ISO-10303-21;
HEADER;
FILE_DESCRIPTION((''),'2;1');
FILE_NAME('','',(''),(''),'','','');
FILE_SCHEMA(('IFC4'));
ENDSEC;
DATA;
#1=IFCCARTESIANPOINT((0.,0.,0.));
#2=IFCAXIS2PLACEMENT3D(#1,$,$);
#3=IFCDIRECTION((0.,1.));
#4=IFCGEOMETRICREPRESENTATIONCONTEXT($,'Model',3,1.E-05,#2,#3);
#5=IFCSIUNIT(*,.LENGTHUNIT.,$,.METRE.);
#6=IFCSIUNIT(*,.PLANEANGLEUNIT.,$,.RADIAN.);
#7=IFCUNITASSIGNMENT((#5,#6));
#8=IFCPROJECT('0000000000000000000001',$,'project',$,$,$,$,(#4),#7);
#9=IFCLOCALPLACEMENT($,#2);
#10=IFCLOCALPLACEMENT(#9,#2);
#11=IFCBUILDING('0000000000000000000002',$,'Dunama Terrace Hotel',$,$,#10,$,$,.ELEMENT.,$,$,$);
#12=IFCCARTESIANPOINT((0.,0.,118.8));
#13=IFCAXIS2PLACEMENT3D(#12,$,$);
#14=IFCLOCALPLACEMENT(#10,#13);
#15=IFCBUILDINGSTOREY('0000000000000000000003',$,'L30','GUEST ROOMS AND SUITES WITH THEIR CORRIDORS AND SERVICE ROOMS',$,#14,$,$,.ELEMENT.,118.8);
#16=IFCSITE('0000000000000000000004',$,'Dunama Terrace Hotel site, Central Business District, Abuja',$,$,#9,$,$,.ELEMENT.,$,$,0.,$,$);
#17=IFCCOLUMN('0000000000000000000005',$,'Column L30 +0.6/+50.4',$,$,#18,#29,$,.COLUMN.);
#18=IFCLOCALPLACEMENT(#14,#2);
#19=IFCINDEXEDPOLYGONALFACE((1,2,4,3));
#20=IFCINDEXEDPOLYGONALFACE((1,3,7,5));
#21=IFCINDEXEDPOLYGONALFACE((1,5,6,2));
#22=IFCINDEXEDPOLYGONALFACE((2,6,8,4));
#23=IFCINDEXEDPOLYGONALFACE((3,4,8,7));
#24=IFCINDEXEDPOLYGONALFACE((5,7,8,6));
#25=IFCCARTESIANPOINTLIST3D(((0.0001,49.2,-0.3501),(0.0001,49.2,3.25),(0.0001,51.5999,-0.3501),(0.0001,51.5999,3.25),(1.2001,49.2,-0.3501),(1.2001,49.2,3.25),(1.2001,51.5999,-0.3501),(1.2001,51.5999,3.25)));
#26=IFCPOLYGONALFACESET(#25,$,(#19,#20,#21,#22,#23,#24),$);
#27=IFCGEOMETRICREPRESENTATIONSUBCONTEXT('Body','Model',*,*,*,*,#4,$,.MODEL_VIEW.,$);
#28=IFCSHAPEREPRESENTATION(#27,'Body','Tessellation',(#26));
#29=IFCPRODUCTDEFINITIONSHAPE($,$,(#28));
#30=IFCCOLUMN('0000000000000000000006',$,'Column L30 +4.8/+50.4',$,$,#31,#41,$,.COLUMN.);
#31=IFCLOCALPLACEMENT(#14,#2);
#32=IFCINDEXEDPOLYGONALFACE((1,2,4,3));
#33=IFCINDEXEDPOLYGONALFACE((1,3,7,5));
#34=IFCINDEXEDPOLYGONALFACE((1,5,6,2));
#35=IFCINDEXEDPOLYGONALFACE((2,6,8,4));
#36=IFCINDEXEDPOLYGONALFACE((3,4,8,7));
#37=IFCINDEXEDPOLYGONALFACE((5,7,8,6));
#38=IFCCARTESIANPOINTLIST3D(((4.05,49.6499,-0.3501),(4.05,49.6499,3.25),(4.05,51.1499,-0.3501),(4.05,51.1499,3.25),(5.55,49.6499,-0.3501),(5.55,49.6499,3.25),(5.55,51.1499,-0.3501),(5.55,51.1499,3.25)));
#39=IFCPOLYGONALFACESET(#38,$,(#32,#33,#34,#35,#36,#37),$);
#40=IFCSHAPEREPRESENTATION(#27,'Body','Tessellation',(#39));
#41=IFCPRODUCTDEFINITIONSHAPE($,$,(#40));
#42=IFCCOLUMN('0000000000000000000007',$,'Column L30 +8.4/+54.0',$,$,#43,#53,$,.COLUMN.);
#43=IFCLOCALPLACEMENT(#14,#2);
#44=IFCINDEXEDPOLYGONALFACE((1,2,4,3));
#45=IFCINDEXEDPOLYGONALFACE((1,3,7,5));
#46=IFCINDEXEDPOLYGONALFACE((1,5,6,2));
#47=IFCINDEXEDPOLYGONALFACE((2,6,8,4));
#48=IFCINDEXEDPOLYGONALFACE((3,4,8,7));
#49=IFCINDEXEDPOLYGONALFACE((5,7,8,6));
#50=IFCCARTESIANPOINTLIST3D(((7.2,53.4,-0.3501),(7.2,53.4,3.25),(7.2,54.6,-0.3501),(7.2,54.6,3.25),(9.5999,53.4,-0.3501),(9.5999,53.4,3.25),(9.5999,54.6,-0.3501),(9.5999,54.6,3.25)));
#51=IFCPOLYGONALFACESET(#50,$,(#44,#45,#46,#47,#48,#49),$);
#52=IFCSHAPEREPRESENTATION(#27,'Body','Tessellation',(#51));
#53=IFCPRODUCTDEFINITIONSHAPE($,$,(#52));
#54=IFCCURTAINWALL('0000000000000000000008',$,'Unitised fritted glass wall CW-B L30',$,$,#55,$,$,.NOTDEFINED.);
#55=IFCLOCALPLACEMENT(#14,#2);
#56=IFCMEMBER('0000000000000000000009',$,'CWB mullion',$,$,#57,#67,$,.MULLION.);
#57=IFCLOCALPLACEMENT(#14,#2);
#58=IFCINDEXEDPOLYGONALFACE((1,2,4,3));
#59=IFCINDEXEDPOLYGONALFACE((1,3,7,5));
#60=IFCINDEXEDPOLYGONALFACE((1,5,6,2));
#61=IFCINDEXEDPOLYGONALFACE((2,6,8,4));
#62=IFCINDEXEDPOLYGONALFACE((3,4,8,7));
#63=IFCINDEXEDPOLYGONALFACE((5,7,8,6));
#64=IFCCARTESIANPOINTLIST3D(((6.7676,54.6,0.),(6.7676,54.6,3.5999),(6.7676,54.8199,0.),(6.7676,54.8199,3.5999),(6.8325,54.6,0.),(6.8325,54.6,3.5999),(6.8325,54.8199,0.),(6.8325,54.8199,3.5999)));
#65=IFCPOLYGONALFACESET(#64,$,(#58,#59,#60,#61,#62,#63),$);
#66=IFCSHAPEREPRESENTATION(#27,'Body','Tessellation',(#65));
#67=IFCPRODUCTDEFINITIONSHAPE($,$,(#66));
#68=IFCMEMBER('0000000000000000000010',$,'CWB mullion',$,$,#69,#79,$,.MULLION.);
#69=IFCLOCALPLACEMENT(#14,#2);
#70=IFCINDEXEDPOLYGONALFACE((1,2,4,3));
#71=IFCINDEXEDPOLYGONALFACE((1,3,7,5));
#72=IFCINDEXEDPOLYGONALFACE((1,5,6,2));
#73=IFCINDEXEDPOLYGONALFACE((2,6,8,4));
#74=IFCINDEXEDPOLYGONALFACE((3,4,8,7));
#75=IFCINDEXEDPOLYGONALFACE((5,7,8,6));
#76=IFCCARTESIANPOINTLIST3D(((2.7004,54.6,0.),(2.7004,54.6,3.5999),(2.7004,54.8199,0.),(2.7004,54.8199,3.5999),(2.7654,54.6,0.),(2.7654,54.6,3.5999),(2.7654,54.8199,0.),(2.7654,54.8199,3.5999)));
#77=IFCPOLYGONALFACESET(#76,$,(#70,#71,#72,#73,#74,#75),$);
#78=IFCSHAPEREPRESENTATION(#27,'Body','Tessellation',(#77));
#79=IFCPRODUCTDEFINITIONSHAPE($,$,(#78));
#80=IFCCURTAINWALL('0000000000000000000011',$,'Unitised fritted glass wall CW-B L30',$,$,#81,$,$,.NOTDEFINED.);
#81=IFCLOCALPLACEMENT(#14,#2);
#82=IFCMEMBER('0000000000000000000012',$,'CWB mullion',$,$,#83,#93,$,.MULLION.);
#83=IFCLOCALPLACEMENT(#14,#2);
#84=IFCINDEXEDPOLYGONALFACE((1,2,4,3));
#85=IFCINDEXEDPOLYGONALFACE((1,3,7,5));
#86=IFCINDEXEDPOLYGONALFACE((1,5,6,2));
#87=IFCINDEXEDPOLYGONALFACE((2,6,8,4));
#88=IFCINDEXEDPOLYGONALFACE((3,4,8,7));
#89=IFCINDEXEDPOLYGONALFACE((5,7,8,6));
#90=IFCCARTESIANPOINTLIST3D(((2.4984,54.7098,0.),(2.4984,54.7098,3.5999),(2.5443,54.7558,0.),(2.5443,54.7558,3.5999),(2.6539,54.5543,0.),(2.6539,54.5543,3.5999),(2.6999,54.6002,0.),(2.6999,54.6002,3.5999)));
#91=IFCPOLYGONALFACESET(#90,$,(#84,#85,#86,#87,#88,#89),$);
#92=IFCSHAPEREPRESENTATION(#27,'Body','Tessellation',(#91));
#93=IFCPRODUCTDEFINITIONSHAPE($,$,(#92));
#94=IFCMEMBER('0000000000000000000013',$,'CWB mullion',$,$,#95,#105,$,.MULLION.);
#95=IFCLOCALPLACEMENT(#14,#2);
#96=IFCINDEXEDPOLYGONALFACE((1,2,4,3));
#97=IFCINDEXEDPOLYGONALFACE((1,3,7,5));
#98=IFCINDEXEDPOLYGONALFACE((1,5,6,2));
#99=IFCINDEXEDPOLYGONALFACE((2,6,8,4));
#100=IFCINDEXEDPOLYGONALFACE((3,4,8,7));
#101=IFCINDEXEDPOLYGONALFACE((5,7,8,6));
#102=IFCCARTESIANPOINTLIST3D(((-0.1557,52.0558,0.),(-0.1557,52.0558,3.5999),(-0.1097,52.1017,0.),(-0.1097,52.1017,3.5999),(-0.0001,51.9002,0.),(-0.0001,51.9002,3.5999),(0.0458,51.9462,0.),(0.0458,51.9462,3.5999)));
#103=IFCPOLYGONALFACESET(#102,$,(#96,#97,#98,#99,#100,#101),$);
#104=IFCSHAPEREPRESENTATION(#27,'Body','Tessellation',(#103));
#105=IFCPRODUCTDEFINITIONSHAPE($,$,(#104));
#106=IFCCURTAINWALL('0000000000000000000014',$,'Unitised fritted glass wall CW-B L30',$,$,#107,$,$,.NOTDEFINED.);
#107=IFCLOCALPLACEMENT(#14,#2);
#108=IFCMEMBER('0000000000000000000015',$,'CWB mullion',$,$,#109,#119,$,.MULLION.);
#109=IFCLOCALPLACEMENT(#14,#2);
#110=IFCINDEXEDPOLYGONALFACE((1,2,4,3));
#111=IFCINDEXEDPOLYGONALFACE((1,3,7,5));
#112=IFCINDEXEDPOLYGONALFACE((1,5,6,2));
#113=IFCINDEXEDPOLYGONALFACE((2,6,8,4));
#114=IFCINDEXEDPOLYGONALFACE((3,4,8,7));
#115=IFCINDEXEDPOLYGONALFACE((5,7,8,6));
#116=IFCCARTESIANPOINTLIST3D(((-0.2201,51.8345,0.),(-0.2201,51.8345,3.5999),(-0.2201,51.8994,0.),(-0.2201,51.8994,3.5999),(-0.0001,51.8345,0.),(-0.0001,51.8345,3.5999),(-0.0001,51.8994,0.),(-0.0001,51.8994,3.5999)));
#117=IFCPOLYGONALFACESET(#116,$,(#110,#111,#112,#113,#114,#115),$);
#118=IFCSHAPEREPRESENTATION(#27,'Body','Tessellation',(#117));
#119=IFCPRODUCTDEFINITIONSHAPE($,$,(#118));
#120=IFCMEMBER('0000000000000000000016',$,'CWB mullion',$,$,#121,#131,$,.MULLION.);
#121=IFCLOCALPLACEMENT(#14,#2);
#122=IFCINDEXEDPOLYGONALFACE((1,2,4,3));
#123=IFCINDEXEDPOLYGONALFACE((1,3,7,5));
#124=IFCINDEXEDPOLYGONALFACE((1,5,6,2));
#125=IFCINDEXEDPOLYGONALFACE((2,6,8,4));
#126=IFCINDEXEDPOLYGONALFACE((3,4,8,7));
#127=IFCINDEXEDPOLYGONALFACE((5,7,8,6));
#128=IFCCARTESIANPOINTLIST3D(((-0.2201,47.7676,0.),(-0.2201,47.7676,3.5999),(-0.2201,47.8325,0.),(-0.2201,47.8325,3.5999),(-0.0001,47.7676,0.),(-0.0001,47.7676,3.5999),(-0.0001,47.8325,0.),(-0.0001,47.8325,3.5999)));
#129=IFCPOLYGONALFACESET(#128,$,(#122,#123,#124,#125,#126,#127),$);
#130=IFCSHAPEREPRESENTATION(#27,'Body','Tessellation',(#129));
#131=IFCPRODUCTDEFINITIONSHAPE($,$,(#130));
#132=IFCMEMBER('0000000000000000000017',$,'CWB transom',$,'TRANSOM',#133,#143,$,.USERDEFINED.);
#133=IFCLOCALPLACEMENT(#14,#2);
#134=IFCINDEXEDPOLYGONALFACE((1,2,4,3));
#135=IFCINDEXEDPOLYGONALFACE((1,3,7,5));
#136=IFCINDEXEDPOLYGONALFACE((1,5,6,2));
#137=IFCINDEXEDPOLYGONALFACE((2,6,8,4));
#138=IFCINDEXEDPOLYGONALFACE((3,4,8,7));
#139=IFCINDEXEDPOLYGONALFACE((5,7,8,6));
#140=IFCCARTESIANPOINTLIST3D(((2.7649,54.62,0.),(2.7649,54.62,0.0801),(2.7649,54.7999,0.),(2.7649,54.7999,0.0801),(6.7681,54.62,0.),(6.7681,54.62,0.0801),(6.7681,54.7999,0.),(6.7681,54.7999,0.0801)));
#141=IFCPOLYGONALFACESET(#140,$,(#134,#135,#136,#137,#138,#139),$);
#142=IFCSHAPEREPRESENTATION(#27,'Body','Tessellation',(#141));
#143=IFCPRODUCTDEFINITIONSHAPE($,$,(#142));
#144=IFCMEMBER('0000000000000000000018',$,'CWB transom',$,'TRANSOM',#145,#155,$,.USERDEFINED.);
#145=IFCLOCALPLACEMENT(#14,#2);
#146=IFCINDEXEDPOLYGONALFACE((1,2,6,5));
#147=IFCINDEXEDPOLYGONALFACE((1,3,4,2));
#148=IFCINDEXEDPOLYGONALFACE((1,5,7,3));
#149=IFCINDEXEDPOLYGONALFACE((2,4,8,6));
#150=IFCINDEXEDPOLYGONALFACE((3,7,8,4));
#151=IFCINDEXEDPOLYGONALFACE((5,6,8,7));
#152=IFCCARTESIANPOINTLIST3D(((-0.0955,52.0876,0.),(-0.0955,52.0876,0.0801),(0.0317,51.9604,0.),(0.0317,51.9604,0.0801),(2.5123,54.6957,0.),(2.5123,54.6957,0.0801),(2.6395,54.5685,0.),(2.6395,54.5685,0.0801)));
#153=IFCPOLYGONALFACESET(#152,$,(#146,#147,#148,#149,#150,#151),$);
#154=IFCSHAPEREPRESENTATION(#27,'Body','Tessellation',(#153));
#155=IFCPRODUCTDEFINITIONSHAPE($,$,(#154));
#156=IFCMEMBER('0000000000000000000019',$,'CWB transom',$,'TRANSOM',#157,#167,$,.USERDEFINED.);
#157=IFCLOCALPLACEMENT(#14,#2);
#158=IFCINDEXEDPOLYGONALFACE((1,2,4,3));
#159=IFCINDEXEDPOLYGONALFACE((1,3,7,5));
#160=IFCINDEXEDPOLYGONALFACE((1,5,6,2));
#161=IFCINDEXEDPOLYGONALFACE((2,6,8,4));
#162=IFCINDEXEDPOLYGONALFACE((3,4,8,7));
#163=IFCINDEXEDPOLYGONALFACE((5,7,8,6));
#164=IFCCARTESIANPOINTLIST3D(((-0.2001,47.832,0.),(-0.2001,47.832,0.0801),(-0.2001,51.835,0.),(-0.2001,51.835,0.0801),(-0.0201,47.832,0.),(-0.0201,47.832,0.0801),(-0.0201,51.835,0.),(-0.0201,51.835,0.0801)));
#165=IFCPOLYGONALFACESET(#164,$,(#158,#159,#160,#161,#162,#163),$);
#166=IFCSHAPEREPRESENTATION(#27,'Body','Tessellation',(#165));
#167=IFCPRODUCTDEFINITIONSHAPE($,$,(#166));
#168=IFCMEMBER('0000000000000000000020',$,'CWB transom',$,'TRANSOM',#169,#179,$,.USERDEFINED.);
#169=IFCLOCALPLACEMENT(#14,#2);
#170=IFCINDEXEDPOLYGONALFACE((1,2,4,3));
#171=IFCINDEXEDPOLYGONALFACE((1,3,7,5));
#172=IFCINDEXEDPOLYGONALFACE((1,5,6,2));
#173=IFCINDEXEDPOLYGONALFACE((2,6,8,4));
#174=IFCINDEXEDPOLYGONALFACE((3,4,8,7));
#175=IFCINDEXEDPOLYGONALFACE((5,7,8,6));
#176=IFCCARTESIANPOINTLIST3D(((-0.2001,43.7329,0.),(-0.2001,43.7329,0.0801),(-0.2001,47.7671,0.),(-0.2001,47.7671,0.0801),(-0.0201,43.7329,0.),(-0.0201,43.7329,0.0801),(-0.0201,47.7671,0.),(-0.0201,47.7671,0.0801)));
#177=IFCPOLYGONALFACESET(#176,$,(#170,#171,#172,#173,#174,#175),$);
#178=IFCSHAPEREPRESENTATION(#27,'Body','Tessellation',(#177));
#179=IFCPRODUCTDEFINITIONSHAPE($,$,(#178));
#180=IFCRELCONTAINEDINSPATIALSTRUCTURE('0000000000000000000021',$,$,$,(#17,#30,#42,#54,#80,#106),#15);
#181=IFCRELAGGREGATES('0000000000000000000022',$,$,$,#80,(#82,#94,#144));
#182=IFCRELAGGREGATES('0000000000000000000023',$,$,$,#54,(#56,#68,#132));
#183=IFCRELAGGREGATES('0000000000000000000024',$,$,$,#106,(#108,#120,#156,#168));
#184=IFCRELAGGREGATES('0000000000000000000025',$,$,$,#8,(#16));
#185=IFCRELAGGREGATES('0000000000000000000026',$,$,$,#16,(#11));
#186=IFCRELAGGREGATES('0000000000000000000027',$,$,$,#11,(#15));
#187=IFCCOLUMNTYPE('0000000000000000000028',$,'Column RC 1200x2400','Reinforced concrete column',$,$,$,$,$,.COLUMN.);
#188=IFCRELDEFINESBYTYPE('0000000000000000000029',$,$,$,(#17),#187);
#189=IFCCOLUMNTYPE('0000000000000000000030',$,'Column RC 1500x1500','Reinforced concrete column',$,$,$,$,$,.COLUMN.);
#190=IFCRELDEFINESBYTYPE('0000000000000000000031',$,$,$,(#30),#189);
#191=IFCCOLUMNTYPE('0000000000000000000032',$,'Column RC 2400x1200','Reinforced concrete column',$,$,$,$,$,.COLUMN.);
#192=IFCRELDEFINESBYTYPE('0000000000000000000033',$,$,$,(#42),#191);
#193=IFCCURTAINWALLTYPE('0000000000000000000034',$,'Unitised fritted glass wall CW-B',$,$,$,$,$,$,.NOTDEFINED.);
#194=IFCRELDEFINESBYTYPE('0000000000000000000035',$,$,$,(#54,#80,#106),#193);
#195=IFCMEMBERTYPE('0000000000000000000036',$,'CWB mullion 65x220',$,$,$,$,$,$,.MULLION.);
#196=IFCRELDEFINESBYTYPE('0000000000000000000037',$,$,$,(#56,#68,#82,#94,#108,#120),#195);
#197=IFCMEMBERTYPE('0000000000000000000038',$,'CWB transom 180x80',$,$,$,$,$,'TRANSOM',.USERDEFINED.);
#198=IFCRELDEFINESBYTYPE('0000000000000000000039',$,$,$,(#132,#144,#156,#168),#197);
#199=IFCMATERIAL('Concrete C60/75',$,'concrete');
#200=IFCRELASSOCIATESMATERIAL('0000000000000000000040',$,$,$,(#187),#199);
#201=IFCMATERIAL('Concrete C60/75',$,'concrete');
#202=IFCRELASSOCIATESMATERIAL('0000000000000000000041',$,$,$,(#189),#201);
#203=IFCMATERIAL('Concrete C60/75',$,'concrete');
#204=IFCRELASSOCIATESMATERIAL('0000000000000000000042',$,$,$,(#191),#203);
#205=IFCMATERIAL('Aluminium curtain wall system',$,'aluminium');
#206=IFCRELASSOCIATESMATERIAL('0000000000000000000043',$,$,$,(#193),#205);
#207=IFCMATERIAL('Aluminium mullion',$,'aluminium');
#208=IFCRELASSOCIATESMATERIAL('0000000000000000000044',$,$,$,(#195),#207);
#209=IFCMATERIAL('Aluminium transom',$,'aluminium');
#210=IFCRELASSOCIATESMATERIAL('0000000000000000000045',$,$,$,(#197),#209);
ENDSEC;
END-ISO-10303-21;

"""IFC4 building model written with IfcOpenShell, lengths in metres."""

from ifc_helpers import new_model, si_unit, direction, frame, origin, origin_2d, place, context, subcontext, project, spatial, rectangle, extrude, material, material_profile, profile_set, type_object, element, aggregate, save


model = new_model("IFC4")

# Units and contexts
model_context = context("Model", 3, precision=1e-05, world=origin(), true_north=direction((0.0, 1.0)))
body_context = subcontext(model_context, "Body", "Model", "MODEL_VIEW")
ifc_project = project(units=[si_unit("LENGTHUNIT", "METRE"), si_unit("PLANEANGLEUNIT", "RADIAN")], contexts=[model_context])

# Site, building, storey
site_placement = place(None, origin())
site = spatial("IfcSite", under=ifc_project, at=site_placement, Name="Dunama Terrace Hotel site, Central Business District, Abuja", CompositionType="ELEMENT", RefElevation=0.0)
building_placement = place(site_placement, origin())
building = spatial("IfcBuilding", under=site, at=building_placement, Name="Dunama Terrace Hotel", CompositionType="ELEMENT")
storey_placement = place(building_placement, frame((0.0, 0.0, 118.8)))
storey = spatial("IfcBuildingStorey", under=building, at=storey_placement, Name="L30", Description="GUEST ROOMS AND SUITES WITH THEIR CORRIDORS AND SERVICE ROOMS", CompositionType="ELEMENT", Elevation=118.8)

# Columns
ifc_material_1 = material(Name="Concrete C60/75", Category="concrete")
ifc_material_profile_1 = material_profile(ifc_material_1, rectangle(XDim=1.2, YDim=2.3999, at=origin_2d()), Name="RC 1200x2400")
ifc_profile_set_1 = profile_set([ifc_material_profile_1], Name="Concrete C60/75")
column_type_1 = type_object("IfcColumnType", Name="Column RC 1200x2400", Description="Reinforced concrete column", PredefinedType="COLUMN", material=ifc_profile_set_1)
column_1_placement = place(storey_placement, frame((0.6001, 50.3999, -0.3501), z_axis=(0.0, 0.0, 1.0), x_axis=(1.0, 0.0, 0.0)))
element("IfcColumn", 1, at=column_1_placement, inside=storey, type_object=column_type_1, Name="Column L30 +0.6/+50.4", PredefinedType="COLUMN", context=body_context, shape_type="SweptSolid", body=[
    extrude(rectangle(XDim=1.2, YDim=2.3999, at=origin_2d()), origin(), (0.0, 0.0, 1.0), 3.6001),
])
ifc_material_2 = material(Name="Concrete C60/75", Category="concrete")
ifc_material_profile_2 = material_profile(ifc_material_2, rectangle(XDim=1.5, YDim=1.5, at=origin_2d()), Name="RC 1500x1500")
ifc_profile_set_2 = profile_set([ifc_material_profile_2], Name="Concrete C60/75")
column_type_2 = type_object("IfcColumnType", Name="Column RC 1500x1500", Description="Reinforced concrete column", PredefinedType="COLUMN", material=ifc_profile_set_2)
column_2_placement = place(storey_placement, frame((4.8, 50.3999, -0.3501), z_axis=(0.0, 0.0, 1.0), x_axis=(1.0, 0.0, 0.0)))
element("IfcColumn", 2, at=column_2_placement, inside=storey, type_object=column_type_2, Name="Column L30 +4.8/+50.4", PredefinedType="COLUMN", context=body_context, shape_type="SweptSolid", body=[
    extrude(rectangle(XDim=1.5, YDim=1.5, at=origin_2d()), origin(), (0.0, 0.0, 1.0), 3.6001),
])
ifc_material_3 = material(Name="Concrete C60/75", Category="concrete")
ifc_material_profile_3 = material_profile(ifc_material_3, rectangle(XDim=2.3999, YDim=1.2, at=origin_2d()), Name="RC 2400x1200")
ifc_profile_set_3 = profile_set([ifc_material_profile_3], Name="Concrete C60/75")
column_type_3 = type_object("IfcColumnType", Name="Column RC 2400x1200", Description="Reinforced concrete column", PredefinedType="COLUMN", material=ifc_profile_set_3)
column_3_placement = place(storey_placement, frame((8.3999, 54.0, -0.3501), z_axis=(0.0, 0.0, 1.0), x_axis=(1.0, 0.0, 0.0)))
element("IfcColumn", 3, at=column_3_placement, inside=storey, type_object=column_type_3, Name="Column L30 +8.4/+54.0", PredefinedType="COLUMN", context=body_context, shape_type="SweptSolid", body=[
    extrude(rectangle(XDim=2.3999, YDim=1.2, at=origin_2d()), origin(), (0.0, 0.0, 1.0), 3.6001),
])

# Curtain walls, members
ifc_material_4 = material(Name="Aluminium curtain wall system", Category="aluminium")
curtain_wall_type = type_object("IfcCurtainWallType", Name="Unitised fritted glass wall CW-B", PredefinedType="NOTDEFINED", material=ifc_material_4)
curtain_wall_1_placement = place(storey_placement, origin())
curtain_wall_1 = element("IfcCurtainWall", 4, at=curtain_wall_1_placement, inside=storey, type_object=curtain_wall_type, Name="Unitised fritted glass wall CW-B L30", PredefinedType="NOTDEFINED")
ifc_material_5 = material(Name="Aluminium mullion", Category="aluminium")
ifc_material_profile_4 = material_profile(ifc_material_5, rectangle(XDim=0.0649, YDim=0.22, at=origin_2d()), Name="CWB MULLION 65X220")
ifc_profile_set_4 = profile_set([ifc_material_profile_4], Name="Aluminium mullion")
member_type_1 = type_object("IfcMemberType", Name="CWB mullion 65x220", PredefinedType="MULLION", material=ifc_profile_set_4)
member_1_placement = place(storey_placement, frame((6.8, 54.71, 0.0), z_axis=(0.0, 0.0, 1.0), x_axis=(-1.0, 0.0, 0.0)))
member_1 = element("IfcMember", 5, at=member_1_placement, type_object=member_type_1, Name="CWB mullion", PredefinedType="MULLION", context=body_context, shape_type="SweptSolid", body=[
    extrude(rectangle(XDim=0.0649, YDim=0.22, at=origin_2d()), origin(), (0.0, 0.0, 1.0), 3.5999),
])
member_2_placement = place(storey_placement, frame((2.7329, 54.71, 0.0), z_axis=(0.0, 0.0, 1.0), x_axis=(-1.0, 0.0, 0.0)))
member_2 = element("IfcMember", 6, at=member_2_placement, type_object=member_type_1, Name="CWB mullion", PredefinedType="MULLION", context=body_context, shape_type="SweptSolid", body=[
    extrude(rectangle(XDim=0.0649, YDim=0.22, at=origin_2d()), origin(), (0.0, 0.0, 1.0), 3.5999),
])
curtain_wall_2_placement = place(storey_placement, origin())
curtain_wall_2 = element("IfcCurtainWall", 7, at=curtain_wall_2_placement, inside=storey, type_object=curtain_wall_type, Name="Unitised fritted glass wall CW-B L30", PredefinedType="NOTDEFINED")
member_3_placement = place(storey_placement, frame((2.5991, 54.655, 0.0), z_axis=(0.0, 0.0, 1.0), x_axis=(-0.707107, -0.707107, 0.0)))
member_3 = element("IfcMember", 8, at=member_3_placement, type_object=member_type_1, Name="CWB mullion", PredefinedType="MULLION", context=body_context, shape_type="SweptSolid", body=[
    extrude(rectangle(XDim=0.0649, YDim=0.22, at=origin_2d()), origin(), (0.0, 0.0, 1.0), 3.5999),
])
member_4_placement = place(storey_placement, frame((-0.0549, 52.001, 0.0), z_axis=(0.0, 0.0, 1.0), x_axis=(-0.707107, -0.707107, 0.0)))
member_4 = element("IfcMember", 9, at=member_4_placement, type_object=member_type_1, Name="CWB mullion", PredefinedType="MULLION", context=body_context, shape_type="SweptSolid", body=[
    extrude(rectangle(XDim=0.0649, YDim=0.22, at=origin_2d()), origin(), (0.0, 0.0, 1.0), 3.5999),
])
curtain_wall_3_placement = place(storey_placement, origin())
curtain_wall_3 = element("IfcCurtainWall", 10, at=curtain_wall_3_placement, inside=storey, type_object=curtain_wall_type, Name="Unitised fritted glass wall CW-B L30", PredefinedType="NOTDEFINED")
member_5_placement = place(storey_placement, frame((-0.1101, 51.8669, 0.0), z_axis=(0.0, 0.0, 1.0), x_axis=(0.0, -1.0, 0.0)))
member_5 = element("IfcMember", 11, at=member_5_placement, type_object=member_type_1, Name="CWB mullion", PredefinedType="MULLION", context=body_context, shape_type="SweptSolid", body=[
    extrude(rectangle(XDim=0.0649, YDim=0.22, at=origin_2d()), origin(), (0.0, 0.0, 1.0), 3.5999),
])
member_6_placement = place(storey_placement, frame((-0.1101, 47.8, 0.0), z_axis=(0.0, 0.0, 1.0), x_axis=(0.0, -1.0, 0.0)))
member_6 = element("IfcMember", 12, at=member_6_placement, type_object=member_type_1, Name="CWB mullion", PredefinedType="MULLION", context=body_context, shape_type="SweptSolid", body=[
    extrude(rectangle(XDim=0.0649, YDim=0.22, at=origin_2d()), origin(), (0.0, 0.0, 1.0), 3.5999),
])

# Members
ifc_material_6 = material(Name="Aluminium transom", Category="aluminium")
ifc_material_profile_5 = material_profile(ifc_material_6, rectangle(XDim=0.1799, YDim=0.0801, at=origin_2d()), Name="CWB TRANSOM 180X80")
ifc_profile_set_5 = profile_set([ifc_material_profile_5], Name="Aluminium transom")
member_type_2 = type_object("IfcMemberType", Name="CWB transom 180x80", ElementType="TRANSOM", PredefinedType="USERDEFINED", material=ifc_profile_set_5)
member_7_placement = place(storey_placement, frame((6.7681, 54.71, 0.04), z_axis=(-1.0, 0.0, 0.0), x_axis=(0.0, -1.0, 0.0)))
member_7 = element("IfcMember", 13, at=member_7_placement, type_object=member_type_2, Name="CWB transom", ObjectType="TRANSOM", PredefinedType="USERDEFINED", context=body_context, shape_type="SweptSolid", body=[
    extrude(rectangle(XDim=0.1799, YDim=0.0801, at=origin_2d()), origin(), (0.0, 0.0, 1.0), 4.0032),
])
member_8_placement = place(storey_placement, frame((2.5759, 54.6321, 0.04), z_axis=(-0.707074, -0.70714, 0.0), x_axis=(0.70714, -0.707074, 0.0)))
member_8 = element("IfcMember", 14, at=member_8_placement, type_object=member_type_2, Name="CWB transom", ObjectType="TRANSOM", PredefinedType="USERDEFINED", context=body_context, shape_type="SweptSolid", body=[
    extrude(rectangle(XDim=0.1799, YDim=0.0801, at=origin_2d()), origin(), (0.0, 0.0, 1.0), 3.6882),
])
member_9_placement = place(storey_placement, frame((-0.1101, 51.835, 0.04), z_axis=(0.0, -1.0, 0.0), x_axis=(1.0, 0.0, 0.0)))
member_9 = element("IfcMember", 15, at=member_9_placement, type_object=member_type_2, Name="CWB transom", ObjectType="TRANSOM", PredefinedType="USERDEFINED", context=body_context, shape_type="SweptSolid", body=[
    extrude(rectangle(XDim=0.1799, YDim=0.0801, at=origin_2d()), origin(), (0.0, 0.0, 1.0), 4.0029),
])
member_10_placement = place(storey_placement, frame((-0.1101, 47.7671, 0.04), z_axis=(0.0, -1.0, 0.0), x_axis=(1.0, 0.0, 0.0)))
member_10 = element("IfcMember", 16, at=member_10_placement, type_object=member_type_2, Name="CWB transom", ObjectType="TRANSOM", PredefinedType="USERDEFINED", context=body_context, shape_type="SweptSolid", body=[
    extrude(rectangle(XDim=0.1799, YDim=0.0801, at=origin_2d()), origin(), (0.0, 0.0, 1.0), 4.0342),
])

aggregate(curtain_wall_2, [member_3, member_4, member_8])
aggregate(curtain_wall_1, [member_1, member_2, member_7])
aggregate(curtain_wall_3, [member_5, member_6, member_9, member_10])

save(model, "model.ifc")
